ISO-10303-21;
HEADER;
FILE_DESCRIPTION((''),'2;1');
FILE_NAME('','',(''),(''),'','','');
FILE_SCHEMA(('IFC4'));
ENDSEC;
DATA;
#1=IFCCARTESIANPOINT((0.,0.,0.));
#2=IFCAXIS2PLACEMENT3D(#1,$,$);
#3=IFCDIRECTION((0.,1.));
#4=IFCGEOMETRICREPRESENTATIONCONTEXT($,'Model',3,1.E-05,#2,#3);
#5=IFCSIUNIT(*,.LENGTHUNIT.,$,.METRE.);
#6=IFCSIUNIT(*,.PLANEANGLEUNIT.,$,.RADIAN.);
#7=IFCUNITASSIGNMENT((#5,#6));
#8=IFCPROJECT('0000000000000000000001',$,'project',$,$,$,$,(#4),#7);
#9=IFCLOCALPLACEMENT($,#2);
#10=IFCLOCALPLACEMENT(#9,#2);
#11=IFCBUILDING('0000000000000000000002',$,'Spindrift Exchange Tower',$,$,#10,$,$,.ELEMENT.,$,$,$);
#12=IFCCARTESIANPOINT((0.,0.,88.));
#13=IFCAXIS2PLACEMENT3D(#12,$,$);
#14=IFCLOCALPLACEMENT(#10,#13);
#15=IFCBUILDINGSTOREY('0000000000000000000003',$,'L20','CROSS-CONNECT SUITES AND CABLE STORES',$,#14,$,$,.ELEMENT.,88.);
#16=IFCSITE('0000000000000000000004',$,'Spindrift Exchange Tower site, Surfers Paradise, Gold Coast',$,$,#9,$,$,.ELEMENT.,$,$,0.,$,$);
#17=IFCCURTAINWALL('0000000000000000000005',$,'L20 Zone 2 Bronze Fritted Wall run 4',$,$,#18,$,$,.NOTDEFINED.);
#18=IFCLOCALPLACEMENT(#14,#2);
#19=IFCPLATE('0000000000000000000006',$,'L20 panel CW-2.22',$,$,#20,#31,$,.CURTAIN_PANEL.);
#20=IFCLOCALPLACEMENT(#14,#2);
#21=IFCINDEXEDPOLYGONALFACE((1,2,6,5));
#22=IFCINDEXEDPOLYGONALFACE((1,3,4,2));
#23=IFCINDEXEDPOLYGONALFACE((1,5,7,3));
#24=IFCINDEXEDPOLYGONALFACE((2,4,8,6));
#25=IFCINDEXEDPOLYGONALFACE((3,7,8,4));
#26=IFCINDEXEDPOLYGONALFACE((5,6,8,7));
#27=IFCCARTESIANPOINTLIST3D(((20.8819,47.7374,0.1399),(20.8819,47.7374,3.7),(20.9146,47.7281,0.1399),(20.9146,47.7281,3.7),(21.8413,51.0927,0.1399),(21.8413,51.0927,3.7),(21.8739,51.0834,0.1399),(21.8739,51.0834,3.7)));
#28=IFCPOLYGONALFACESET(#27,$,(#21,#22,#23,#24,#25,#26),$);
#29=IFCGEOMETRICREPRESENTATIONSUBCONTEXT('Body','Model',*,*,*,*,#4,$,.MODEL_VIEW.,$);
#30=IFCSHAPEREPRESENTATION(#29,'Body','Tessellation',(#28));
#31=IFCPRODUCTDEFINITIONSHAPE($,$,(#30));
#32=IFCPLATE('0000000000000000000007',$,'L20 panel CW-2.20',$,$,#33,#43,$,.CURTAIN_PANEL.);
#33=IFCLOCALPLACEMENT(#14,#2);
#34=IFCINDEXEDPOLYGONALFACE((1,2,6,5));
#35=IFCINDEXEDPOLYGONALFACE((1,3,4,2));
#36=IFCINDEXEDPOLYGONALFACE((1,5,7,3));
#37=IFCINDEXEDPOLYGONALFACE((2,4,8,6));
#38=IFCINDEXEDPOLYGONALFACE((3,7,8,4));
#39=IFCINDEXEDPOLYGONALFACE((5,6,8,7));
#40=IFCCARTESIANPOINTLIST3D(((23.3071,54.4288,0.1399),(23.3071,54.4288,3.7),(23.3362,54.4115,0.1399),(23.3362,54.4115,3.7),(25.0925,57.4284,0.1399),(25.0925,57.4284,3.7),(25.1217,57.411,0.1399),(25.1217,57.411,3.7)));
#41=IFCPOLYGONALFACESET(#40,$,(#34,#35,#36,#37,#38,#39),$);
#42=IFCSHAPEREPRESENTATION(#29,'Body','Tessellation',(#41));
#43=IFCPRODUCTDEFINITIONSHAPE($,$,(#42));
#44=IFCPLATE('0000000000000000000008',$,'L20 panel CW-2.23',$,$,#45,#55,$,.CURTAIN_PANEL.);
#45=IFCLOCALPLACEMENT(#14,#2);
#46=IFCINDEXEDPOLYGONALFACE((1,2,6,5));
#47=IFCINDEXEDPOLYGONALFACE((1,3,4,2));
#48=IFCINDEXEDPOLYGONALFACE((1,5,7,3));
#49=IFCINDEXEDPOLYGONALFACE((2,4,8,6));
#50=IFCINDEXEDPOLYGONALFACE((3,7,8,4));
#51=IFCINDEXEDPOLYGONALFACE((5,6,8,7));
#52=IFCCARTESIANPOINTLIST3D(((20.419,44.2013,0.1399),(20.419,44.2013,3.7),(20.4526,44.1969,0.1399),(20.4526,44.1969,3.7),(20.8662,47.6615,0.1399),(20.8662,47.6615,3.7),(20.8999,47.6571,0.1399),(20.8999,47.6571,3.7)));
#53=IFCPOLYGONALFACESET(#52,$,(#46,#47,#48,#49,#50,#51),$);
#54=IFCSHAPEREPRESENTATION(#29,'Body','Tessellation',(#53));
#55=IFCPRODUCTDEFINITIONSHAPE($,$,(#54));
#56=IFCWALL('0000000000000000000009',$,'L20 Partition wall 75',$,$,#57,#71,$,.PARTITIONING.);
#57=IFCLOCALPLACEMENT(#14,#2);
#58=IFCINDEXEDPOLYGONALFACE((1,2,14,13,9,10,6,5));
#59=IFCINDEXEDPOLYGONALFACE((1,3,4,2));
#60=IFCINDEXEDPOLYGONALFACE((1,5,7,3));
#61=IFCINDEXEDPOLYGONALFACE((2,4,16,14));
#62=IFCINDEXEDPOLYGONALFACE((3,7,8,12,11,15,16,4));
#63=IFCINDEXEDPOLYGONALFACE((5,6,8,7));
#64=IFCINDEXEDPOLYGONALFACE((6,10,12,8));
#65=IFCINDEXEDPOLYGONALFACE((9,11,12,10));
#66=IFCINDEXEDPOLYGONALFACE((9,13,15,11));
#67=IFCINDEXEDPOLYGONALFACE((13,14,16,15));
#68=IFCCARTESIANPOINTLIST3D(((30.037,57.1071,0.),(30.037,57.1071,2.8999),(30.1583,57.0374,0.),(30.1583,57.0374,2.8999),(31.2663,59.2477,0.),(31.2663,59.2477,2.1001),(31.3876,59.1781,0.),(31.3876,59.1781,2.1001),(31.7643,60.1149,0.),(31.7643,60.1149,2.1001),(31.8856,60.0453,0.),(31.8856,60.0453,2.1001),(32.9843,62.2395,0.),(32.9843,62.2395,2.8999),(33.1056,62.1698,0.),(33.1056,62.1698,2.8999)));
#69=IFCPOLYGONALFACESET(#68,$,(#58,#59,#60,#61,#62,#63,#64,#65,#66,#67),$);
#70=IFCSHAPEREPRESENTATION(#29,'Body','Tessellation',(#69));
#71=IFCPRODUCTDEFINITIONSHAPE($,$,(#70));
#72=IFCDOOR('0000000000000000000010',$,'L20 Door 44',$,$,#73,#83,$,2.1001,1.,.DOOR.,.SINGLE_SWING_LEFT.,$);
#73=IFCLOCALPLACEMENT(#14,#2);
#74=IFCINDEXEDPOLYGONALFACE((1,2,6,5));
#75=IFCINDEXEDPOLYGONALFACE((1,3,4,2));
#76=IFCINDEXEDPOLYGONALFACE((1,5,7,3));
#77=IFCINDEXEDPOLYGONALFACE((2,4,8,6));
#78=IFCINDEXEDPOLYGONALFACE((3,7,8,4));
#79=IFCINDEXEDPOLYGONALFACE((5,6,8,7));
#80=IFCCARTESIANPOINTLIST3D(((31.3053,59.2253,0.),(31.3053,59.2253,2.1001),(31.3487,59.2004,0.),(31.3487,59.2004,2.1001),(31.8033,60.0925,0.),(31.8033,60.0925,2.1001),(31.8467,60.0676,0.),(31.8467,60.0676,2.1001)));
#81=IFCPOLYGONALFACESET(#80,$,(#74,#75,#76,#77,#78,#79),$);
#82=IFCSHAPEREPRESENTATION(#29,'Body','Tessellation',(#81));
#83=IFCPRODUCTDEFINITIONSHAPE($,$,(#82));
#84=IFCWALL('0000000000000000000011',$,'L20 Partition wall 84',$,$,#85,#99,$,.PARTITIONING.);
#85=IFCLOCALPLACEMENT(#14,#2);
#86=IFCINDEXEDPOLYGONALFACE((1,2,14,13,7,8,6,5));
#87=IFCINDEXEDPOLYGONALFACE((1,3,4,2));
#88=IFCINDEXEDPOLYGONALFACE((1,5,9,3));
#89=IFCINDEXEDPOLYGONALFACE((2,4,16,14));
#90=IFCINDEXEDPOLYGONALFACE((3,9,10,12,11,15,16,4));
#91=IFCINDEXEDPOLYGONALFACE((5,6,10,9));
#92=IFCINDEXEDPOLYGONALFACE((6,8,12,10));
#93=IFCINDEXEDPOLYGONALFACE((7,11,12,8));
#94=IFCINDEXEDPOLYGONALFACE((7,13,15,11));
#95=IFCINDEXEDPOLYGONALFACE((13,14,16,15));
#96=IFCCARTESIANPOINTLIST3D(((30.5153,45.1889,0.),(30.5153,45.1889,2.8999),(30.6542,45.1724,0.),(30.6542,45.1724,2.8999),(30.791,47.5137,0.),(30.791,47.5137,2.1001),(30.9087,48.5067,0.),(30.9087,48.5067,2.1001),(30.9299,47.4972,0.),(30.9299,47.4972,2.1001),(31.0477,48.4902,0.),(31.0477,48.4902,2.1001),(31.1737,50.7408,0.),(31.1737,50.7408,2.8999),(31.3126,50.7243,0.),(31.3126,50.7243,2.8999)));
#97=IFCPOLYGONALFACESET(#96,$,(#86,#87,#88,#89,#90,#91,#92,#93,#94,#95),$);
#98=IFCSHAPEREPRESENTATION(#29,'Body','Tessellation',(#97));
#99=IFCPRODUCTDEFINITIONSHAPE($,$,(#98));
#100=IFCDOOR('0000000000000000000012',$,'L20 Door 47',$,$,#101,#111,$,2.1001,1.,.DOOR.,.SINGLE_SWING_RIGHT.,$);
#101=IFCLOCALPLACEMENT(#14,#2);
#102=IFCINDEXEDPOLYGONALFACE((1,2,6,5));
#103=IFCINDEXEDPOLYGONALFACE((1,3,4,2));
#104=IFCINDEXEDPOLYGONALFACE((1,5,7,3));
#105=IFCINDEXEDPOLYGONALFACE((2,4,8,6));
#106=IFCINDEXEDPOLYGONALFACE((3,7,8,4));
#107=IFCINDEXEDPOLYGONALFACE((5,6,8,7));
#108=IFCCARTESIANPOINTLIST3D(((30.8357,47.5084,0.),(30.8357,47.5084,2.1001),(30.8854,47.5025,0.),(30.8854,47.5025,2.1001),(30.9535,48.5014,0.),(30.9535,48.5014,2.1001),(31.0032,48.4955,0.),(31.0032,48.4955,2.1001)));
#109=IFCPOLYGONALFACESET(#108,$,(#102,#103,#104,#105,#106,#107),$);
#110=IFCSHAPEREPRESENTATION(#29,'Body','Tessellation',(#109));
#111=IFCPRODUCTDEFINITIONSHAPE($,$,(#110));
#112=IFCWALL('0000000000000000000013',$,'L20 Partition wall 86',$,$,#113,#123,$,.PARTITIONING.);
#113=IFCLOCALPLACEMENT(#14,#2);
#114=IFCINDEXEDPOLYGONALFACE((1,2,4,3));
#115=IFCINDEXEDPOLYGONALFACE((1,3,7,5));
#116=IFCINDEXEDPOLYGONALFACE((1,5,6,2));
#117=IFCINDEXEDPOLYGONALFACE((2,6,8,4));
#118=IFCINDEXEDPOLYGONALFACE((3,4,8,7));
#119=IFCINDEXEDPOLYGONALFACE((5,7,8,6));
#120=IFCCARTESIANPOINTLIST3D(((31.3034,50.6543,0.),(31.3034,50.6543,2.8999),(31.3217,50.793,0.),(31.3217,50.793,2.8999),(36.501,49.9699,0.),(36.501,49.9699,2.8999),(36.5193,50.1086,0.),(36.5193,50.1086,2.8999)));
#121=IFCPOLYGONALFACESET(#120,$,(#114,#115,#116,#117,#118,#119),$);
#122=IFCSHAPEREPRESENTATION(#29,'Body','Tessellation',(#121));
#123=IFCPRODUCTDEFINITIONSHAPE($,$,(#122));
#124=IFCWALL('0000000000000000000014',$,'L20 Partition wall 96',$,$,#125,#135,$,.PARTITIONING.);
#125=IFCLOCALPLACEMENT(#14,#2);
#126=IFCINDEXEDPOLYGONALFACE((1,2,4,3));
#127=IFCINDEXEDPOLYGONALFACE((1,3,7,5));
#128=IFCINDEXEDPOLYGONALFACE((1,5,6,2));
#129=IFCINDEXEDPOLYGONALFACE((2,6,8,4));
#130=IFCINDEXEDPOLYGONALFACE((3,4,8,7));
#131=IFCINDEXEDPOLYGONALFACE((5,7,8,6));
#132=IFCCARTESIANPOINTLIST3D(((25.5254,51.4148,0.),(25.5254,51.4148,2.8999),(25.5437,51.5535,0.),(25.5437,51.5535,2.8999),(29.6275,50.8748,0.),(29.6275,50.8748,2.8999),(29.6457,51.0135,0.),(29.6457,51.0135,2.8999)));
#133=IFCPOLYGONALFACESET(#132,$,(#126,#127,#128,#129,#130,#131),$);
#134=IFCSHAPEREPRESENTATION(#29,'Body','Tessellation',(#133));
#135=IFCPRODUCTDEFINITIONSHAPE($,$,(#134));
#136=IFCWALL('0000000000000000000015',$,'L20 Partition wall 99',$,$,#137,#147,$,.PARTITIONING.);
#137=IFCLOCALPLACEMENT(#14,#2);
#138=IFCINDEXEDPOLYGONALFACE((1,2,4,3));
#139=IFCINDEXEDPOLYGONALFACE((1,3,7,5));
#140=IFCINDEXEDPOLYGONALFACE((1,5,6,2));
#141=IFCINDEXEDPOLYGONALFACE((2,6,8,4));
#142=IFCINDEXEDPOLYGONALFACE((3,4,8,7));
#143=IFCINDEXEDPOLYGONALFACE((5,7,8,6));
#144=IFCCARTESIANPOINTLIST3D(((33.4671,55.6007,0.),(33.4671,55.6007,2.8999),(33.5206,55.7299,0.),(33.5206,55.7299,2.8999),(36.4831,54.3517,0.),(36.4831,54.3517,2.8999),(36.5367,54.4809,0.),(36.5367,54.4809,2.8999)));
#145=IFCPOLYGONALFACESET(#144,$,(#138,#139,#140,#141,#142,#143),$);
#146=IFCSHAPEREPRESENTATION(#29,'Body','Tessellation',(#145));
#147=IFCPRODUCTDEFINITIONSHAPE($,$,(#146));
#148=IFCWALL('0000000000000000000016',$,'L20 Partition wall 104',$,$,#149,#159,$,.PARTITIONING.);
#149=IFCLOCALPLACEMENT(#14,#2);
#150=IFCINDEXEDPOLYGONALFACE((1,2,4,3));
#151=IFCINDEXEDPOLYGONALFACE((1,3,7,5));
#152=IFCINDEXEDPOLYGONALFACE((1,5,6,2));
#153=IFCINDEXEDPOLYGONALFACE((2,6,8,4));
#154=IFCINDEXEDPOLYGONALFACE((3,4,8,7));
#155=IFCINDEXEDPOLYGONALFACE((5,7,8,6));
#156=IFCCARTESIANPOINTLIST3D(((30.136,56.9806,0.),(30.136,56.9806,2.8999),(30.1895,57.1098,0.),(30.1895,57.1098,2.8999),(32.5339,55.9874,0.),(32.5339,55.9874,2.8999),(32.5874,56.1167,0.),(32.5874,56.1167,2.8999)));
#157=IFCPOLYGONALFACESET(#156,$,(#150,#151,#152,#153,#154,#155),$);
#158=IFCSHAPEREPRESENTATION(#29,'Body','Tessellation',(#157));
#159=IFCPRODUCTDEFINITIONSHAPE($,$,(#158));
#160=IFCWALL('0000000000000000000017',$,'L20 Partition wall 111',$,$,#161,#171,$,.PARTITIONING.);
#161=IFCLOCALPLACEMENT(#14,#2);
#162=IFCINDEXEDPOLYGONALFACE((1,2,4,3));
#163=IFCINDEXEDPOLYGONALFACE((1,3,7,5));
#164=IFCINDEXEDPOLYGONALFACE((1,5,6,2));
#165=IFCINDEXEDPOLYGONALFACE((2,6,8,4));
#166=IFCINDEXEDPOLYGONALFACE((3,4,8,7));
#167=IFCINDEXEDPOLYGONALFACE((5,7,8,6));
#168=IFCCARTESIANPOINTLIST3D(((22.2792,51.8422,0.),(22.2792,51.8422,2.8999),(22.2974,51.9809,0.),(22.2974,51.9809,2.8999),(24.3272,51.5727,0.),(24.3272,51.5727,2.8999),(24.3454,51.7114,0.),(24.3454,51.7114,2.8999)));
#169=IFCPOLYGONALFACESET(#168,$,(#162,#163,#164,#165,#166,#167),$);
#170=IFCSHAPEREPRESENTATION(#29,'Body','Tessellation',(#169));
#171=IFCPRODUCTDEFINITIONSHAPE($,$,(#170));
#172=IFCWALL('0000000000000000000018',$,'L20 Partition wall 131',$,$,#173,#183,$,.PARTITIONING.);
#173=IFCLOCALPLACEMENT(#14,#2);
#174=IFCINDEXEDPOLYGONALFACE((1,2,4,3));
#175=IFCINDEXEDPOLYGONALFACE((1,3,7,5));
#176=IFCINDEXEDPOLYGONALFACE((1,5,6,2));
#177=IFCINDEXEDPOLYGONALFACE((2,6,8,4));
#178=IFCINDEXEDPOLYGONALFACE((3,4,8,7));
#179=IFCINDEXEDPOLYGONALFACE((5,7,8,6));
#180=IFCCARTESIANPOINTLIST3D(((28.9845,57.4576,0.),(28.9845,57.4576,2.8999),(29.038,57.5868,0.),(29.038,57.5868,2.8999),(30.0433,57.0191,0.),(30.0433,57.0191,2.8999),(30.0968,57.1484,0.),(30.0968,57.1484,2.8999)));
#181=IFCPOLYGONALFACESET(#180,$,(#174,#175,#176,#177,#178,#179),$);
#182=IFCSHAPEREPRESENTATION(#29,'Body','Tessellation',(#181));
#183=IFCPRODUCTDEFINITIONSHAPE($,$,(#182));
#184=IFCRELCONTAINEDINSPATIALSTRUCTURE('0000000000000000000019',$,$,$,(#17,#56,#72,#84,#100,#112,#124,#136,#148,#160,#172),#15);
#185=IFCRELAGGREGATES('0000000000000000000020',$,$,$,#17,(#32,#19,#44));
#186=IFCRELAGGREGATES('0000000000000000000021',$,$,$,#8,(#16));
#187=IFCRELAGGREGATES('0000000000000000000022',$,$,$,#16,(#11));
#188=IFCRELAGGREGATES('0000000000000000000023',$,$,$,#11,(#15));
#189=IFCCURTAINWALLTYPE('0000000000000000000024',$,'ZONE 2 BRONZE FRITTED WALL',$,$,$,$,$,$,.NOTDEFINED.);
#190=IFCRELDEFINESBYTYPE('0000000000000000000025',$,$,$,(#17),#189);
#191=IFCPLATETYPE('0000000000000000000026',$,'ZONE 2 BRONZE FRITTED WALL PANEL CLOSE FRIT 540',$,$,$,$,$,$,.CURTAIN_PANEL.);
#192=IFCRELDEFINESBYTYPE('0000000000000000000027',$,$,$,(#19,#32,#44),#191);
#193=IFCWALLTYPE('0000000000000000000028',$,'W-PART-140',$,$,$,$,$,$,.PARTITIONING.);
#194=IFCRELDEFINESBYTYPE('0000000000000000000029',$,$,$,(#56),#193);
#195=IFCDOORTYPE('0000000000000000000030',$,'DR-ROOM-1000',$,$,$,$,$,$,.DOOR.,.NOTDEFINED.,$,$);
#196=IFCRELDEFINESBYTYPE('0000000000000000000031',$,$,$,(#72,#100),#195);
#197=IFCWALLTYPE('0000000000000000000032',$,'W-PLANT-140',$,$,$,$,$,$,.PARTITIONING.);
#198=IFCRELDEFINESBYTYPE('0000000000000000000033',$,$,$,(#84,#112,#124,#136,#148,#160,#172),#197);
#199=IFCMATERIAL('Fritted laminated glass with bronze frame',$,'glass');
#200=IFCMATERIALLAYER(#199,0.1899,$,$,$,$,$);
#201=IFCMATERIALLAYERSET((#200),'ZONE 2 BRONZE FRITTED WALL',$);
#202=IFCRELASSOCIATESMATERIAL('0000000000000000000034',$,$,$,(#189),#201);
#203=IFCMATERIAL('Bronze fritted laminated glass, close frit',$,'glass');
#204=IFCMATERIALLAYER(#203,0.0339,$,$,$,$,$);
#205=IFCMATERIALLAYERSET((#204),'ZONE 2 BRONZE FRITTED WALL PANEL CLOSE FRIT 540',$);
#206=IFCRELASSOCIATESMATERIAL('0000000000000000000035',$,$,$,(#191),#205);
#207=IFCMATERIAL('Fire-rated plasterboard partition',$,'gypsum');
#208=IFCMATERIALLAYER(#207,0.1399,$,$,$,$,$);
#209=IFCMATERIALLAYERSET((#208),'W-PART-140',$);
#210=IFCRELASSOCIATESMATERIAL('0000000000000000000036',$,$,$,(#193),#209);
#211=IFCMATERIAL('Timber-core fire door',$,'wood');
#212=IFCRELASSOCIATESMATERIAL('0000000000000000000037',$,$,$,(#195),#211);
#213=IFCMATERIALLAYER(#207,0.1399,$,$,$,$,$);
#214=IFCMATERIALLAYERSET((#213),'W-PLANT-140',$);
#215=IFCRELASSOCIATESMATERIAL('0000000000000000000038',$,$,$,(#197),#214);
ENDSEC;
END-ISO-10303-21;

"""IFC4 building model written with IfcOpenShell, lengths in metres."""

from ifc_helpers import new_model, si_unit, direction, frame, frame_2d, origin, origin_2d, place, context, subcontext, project, spatial, rectangle, extrude, source, transform, mapped, material, layer, layer_set, type_object, element, fill, aggregate, save


model = new_model("IFC4")

# Units and contexts
model_context = context("Model", 3, precision=1e-05, world=origin(), true_north=direction((0.0, 1.0)))
body_context = subcontext(model_context, "Body", "Model", "MODEL_VIEW")
ifc_project = project(units=[si_unit("LENGTHUNIT", "METRE"), si_unit("PLANEANGLEUNIT", "RADIAN")], contexts=[model_context])

# Site, building, storey
site_placement = place(None, origin())
site = spatial("IfcSite", under=ifc_project, at=site_placement, Name="Spindrift Exchange Tower site, Surfers Paradise, Gold Coast", CompositionType="ELEMENT", RefElevation=0.0)
building_placement = place(site_placement, origin())
building = spatial("IfcBuilding", under=site, at=building_placement, Name="Spindrift Exchange Tower", CompositionType="ELEMENT")
storey_placement = place(building_placement, frame((0.0, 0.0, 88.0)))
storey = spatial("IfcBuildingStorey", under=building, at=storey_placement, Name="L20", Description="CROSS-CONNECT SUITES AND CABLE STORES", CompositionType="ELEMENT", Elevation=88.0)

# Curtain wall, plates
ifc_material_1 = material(Name="Fritted laminated glass with bronze frame", Category="glass")
ifc_layer_1 = layer(ifc_material_1, 0.1899)
ifc_layer_set_1 = layer_set([ifc_layer_1], Name="ZONE 2 BRONZE FRITTED WALL")
curtain_wall_type = type_object("IfcCurtainWallType", Name="ZONE 2 BRONZE FRITTED WALL", PredefinedType="NOTDEFINED", material=ifc_layer_set_1)
curtain_wall_placement = place(storey_placement, origin())
curtain_wall = element("IfcCurtainWall", 1, at=curtain_wall_placement, inside=storey, type_object=curtain_wall_type, Name="L20 Zone 2 Bronze Fritted Wall run 4", PredefinedType="NOTDEFINED")
ifc_material_2 = material(Name="Bronze fritted laminated glass, close frit", Category="glass")
ifc_layer_2 = layer(ifc_material_2, 0.0339)
ifc_layer_set_2 = layer_set([ifc_layer_2], Name="ZONE 2 BRONZE FRITTED WALL PANEL CLOSE FRIT 540")
plate_type_1 = type_object("IfcPlateType", Name="ZONE 2 BRONZE FRITTED WALL PANEL CLOSE FRIT 540", PredefinedType="CURTAIN_PANEL", material=ifc_layer_set_2)
shared_shape_1 = source(origin(), body_context, "Body", "SweptSolid", [
    extrude(rectangle(XDim=3.4897, YDim=0.0339, at=origin_2d()), origin(), (0.0, 0.0, 1.0), 3.5601),
])
plate_1_placement = place(storey_placement, frame((21.3779, 49.4104, 0.1399), z_axis=(0.0, 0.0, 1.0), x_axis=(-0.274914, -0.961469, 0.0)))
plate_1 = element("IfcPlate", 2, at=plate_1_placement, type_object=plate_type_1, Name="L20 panel CW-2.22", PredefinedType="CURTAIN_PANEL", context=body_context, shape_type="MappedRepresentation", body=[
    mapped(shared_shape_1, transform((0.0, 0.0, 0.0), scale=1.0)),
])
shared_shape_2 = source(origin(), body_context, "Body", "SweptSolid", [
    extrude(rectangle(XDim=3.4907, YDim=0.0339, at=origin_2d()), origin(), (0.0, 0.0, 1.0), 3.5601),
])
plate_2_placement = place(storey_placement, frame((24.2144, 55.9199, 0.1399), z_axis=(0.0, 0.0, 1.0), x_axis=(-0.511482, -0.859294, 0.0)))
plate_2 = element("IfcPlate", 3, at=plate_2_placement, type_object=plate_type_1, Name="L20 panel CW-2.20", PredefinedType="CURTAIN_PANEL", context=body_context, shape_type="MappedRepresentation", body=[
    mapped(shared_shape_2, transform((0.0, 0.0, 0.0), scale=1.0)),
])
shared_shape_3 = source(origin(), body_context, "Body", "SweptSolid", [
    extrude(rectangle(XDim=3.489, YDim=0.0339, at=origin_2d()), origin(), (0.0, 0.0, 1.0), 3.5601),
])
plate_3_placement = place(storey_placement, frame((20.6594, 45.9292, 0.1399), z_axis=(0.0, 0.0, 1.0), x_axis=(-0.128198, -0.991749, 0.0)))
plate_3 = element("IfcPlate", 4, at=plate_3_placement, type_object=plate_type_1, Name="L20 panel CW-2.23", PredefinedType="CURTAIN_PANEL", context=body_context, shape_type="MappedRepresentation", body=[
    mapped(shared_shape_3, transform((0.0, 0.0, 0.0), scale=1.0)),
])
aggregate(curtain_wall, [plate_2, plate_1, plate_3])

# Walls, openings, doors
ifc_material_3 = material(Name="Fire-rated plasterboard partition", Category="gypsum")
ifc_layer_3 = layer(ifc_material_3, 0.1399)
ifc_layer_set_3 = layer_set([ifc_layer_3], Name="W-PART-140")
wall_type_1 = type_object("IfcWallType", Name="W-PART-140", PredefinedType="PARTITIONING", material=ifc_layer_set_3)
wall_1_placement = place(storey_placement, frame((30.0977, 57.0723, 0.0), z_axis=(0.0, 0.0, 1.0), x_axis=(0.497986, 0.867185, 0.0)))
wall_1 = element("IfcWall", 5, at=wall_1_placement, inside=storey, type_object=wall_type_1, Name="L20 Partition wall 75", PredefinedType="PARTITIONING", context=body_context, shape_type="SweptSolid", body=[
    extrude(rectangle(XDim=5.9185, YDim=0.1399, at=frame_2d((2.9592, 0.0))), origin(), (0.0, 0.0, 1.0), 2.8999),
])
opening_1_placement = place(wall_1_placement, frame((2.4685, 0.0, 0.0)))
opening_1 = element("IfcOpeningElement", 6, at=opening_1_placement, cuts=wall_1, PredefinedType="OPENING", context=body_context, shape_type="SweptSolid", body=[
    extrude(rectangle(XDim=1.0, YDim=2.1001, at=frame_2d((0.5, 1.05))), frame((0.0, 0.0798, 0.0), z_axis=(0.0, -1.0, 0.0), x_axis=(1.0, 0.0, 0.0)), (0.0, 0.0, 1.0), 0.1599),
])
ifc_material_4 = material(Name="Timber-core fire door", Category="wood")
door_type = type_object("IfcDoorType", Name="DR-ROOM-1000", OperationType="NOTDEFINED", PredefinedType="DOOR", material=ifc_material_4)
shared_shape_4 = source(origin(), body_context, "Body", "SweptSolid", [
    extrude(rectangle(XDim=1.0, YDim=2.1001, at=frame_2d((0.5, 1.05))), frame((0.0, 0.0249, 0.0), z_axis=(0.0, -1.0, 0.0), x_axis=(1.0, 0.0, 0.0)), (0.0, 0.0, 1.0), 0.05),
])
door_1_placement = place(opening_1_placement, origin())
door_1 = element("IfcDoor", 7, at=door_1_placement, inside=storey, type_object=door_type, Name="L20 Door 44", OperationType="SINGLE_SWING_LEFT", OverallHeight=2.1001, OverallWidth=1.0, PredefinedType="DOOR", context=body_context, shape_type="MappedRepresentation", body=[
    mapped(shared_shape_4, transform((0.0, 0.0, 0.0), scale=1.0)),
])
fill(opening_1, door_1)
ifc_layer_4 = layer(ifc_material_3, 0.1399)
ifc_layer_set_4 = layer_set([ifc_layer_4], Name="W-PLANT-140")
wall_type_2 = type_object("IfcWallType", Name="W-PLANT-140", PredefinedType="PARTITIONING", material=ifc_layer_set_4)
wall_2_placement = place(storey_placement, frame((30.5847, 45.1807, 0.0), z_axis=(0.0, 0.0, 1.0), x_axis=(0.117771, 0.993041, 0.0)))
wall_2 = element("IfcWall", 8, at=wall_2_placement, inside=storey, type_object=wall_type_2, Name="L20 Partition wall 84", PredefinedType="PARTITIONING", context=body_context, shape_type="SweptSolid", body=[
    extrude(rectangle(XDim=5.5908, YDim=0.1399, at=frame_2d((2.7954, 0.0))), origin(), (0.0, 0.0, 1.0), 2.8999),
])
opening_2_placement = place(wall_2_placement, frame((2.3411, 0.0, 0.0)))
opening_2 = element("IfcOpeningElement", 9, at=opening_2_placement, cuts=wall_2, PredefinedType="OPENING", context=body_context, shape_type="SweptSolid", body=[
    extrude(rectangle(XDim=1.0, YDim=2.1001, at=frame_2d((0.5, 1.05))), frame((0.0, 0.0798, 0.0), z_axis=(0.0, -1.0, 0.0), x_axis=(1.0, 0.0, 0.0)), (0.0, 0.0, 1.0), 0.1599),
])
door_2_placement = place(opening_2_placement, origin())
door_2 = element("IfcDoor", 10, at=door_2_placement, inside=storey, type_object=door_type, Name="L20 Door 47", OperationType="SINGLE_SWING_RIGHT", OverallHeight=2.1001, OverallWidth=1.0, PredefinedType="DOOR", context=body_context, shape_type="MappedRepresentation", body=[
    mapped(shared_shape_4, transform((0.0, 0.0, 0.0), scale=1.0)),
])
fill(opening_2, door_2)

# Walls
wall_3_placement = place(storey_placement, frame((36.51, 50.0393, 0.0), z_axis=(0.0, 0.0, 1.0), x_axis=(-0.991443, 0.130538, 0.0)))
element("IfcWall", 11, at=wall_3_placement, inside=storey, type_object=wall_type_2, Name="L20 Partition wall 86", PredefinedType="PARTITIONING", context=body_context, shape_type="SweptSolid", body=[
    extrude(rectangle(XDim=5.2424, YDim=0.1399, at=frame_2d((2.6211, 0.0))), origin(), (0.0, 0.0, 1.0), 2.8999),
])
wall_4_placement = place(storey_placement, frame((29.6367, 50.9441, 0.0), z_axis=(0.0, 0.0, 1.0), x_axis=(-0.991445, 0.130525, 0.0)))
element("IfcWall", 12, at=wall_4_placement, inside=storey, type_object=wall_type_2, Name="L20 Partition wall 96", PredefinedType="PARTITIONING", context=body_context, shape_type="SweptSolid", body=[
    extrude(rectangle(XDim=4.1375, YDim=0.1399, at=frame_2d((2.0688, 0.0))), origin(), (0.0, 0.0, 1.0), 2.8999),
])
wall_5_placement = place(storey_placement, frame((36.51, 54.4163, 0.0), z_axis=(0.0, 0.0, 1.0), x_axis=(-0.923911, 0.382607, 0.0)))
element("IfcWall", 13, at=wall_5_placement, inside=storey, type_object=wall_type_2, Name="L20 Partition wall 99", PredefinedType="PARTITIONING", context=body_context, shape_type="SweptSolid", body=[
    extrude(rectangle(XDim=3.2644, YDim=0.1399, at=frame_2d((1.6323, 0.0))), origin(), (0.0, 0.0, 1.0), 2.8999),
])
wall_6_placement = place(storey_placement, frame((32.5608, 56.052, 0.0), z_axis=(0.0, 0.0, 1.0), x_axis=(-0.923893, 0.382651, 0.0)))
element("IfcWall", 14, at=wall_6_placement, inside=storey, type_object=wall_type_2, Name="L20 Partition wall 104", PredefinedType="PARTITIONING", context=body_context, shape_type="SweptSolid", body=[
    extrude(rectangle(XDim=2.5955, YDim=0.1399, at=frame_2d((1.2979, 0.0))), origin(), (0.0, 0.0, 1.0), 2.8999),
])
wall_7_placement = place(storey_placement, frame((24.3362, 51.6421, 0.0), z_axis=(0.0, 0.0, 1.0), x_axis=(-0.991451, 0.130476, 0.0)))
element("IfcWall", 15, at=wall_7_placement, inside=storey, type_object=wall_type_2, Name="L20 Partition wall 111", PredefinedType="PARTITIONING", context=body_context, shape_type="SweptSolid", body=[
    extrude(rectangle(XDim=2.0657, YDim=0.1399, at=frame_2d((1.0327, 0.0))), origin(), (0.0, 0.0, 1.0), 2.8999),
])
wall_8_placement = place(storey_placement, frame((30.0701, 57.0837, 0.0), z_axis=(0.0, 0.0, 1.0), x_axis=(-0.923913, 0.382603, 0.0)))
element("IfcWall", 16, at=wall_8_placement, inside=storey, type_object=wall_type_2, Name="L20 Partition wall 131", PredefinedType="PARTITIONING", context=body_context, shape_type="SweptSolid", body=[
    extrude(rectangle(XDim=1.146, YDim=0.1399, at=frame_2d((0.573, 0.0))), origin(), (0.0, 0.0, 1.0), 2.8999),
])

save(model, "model.ifc")
